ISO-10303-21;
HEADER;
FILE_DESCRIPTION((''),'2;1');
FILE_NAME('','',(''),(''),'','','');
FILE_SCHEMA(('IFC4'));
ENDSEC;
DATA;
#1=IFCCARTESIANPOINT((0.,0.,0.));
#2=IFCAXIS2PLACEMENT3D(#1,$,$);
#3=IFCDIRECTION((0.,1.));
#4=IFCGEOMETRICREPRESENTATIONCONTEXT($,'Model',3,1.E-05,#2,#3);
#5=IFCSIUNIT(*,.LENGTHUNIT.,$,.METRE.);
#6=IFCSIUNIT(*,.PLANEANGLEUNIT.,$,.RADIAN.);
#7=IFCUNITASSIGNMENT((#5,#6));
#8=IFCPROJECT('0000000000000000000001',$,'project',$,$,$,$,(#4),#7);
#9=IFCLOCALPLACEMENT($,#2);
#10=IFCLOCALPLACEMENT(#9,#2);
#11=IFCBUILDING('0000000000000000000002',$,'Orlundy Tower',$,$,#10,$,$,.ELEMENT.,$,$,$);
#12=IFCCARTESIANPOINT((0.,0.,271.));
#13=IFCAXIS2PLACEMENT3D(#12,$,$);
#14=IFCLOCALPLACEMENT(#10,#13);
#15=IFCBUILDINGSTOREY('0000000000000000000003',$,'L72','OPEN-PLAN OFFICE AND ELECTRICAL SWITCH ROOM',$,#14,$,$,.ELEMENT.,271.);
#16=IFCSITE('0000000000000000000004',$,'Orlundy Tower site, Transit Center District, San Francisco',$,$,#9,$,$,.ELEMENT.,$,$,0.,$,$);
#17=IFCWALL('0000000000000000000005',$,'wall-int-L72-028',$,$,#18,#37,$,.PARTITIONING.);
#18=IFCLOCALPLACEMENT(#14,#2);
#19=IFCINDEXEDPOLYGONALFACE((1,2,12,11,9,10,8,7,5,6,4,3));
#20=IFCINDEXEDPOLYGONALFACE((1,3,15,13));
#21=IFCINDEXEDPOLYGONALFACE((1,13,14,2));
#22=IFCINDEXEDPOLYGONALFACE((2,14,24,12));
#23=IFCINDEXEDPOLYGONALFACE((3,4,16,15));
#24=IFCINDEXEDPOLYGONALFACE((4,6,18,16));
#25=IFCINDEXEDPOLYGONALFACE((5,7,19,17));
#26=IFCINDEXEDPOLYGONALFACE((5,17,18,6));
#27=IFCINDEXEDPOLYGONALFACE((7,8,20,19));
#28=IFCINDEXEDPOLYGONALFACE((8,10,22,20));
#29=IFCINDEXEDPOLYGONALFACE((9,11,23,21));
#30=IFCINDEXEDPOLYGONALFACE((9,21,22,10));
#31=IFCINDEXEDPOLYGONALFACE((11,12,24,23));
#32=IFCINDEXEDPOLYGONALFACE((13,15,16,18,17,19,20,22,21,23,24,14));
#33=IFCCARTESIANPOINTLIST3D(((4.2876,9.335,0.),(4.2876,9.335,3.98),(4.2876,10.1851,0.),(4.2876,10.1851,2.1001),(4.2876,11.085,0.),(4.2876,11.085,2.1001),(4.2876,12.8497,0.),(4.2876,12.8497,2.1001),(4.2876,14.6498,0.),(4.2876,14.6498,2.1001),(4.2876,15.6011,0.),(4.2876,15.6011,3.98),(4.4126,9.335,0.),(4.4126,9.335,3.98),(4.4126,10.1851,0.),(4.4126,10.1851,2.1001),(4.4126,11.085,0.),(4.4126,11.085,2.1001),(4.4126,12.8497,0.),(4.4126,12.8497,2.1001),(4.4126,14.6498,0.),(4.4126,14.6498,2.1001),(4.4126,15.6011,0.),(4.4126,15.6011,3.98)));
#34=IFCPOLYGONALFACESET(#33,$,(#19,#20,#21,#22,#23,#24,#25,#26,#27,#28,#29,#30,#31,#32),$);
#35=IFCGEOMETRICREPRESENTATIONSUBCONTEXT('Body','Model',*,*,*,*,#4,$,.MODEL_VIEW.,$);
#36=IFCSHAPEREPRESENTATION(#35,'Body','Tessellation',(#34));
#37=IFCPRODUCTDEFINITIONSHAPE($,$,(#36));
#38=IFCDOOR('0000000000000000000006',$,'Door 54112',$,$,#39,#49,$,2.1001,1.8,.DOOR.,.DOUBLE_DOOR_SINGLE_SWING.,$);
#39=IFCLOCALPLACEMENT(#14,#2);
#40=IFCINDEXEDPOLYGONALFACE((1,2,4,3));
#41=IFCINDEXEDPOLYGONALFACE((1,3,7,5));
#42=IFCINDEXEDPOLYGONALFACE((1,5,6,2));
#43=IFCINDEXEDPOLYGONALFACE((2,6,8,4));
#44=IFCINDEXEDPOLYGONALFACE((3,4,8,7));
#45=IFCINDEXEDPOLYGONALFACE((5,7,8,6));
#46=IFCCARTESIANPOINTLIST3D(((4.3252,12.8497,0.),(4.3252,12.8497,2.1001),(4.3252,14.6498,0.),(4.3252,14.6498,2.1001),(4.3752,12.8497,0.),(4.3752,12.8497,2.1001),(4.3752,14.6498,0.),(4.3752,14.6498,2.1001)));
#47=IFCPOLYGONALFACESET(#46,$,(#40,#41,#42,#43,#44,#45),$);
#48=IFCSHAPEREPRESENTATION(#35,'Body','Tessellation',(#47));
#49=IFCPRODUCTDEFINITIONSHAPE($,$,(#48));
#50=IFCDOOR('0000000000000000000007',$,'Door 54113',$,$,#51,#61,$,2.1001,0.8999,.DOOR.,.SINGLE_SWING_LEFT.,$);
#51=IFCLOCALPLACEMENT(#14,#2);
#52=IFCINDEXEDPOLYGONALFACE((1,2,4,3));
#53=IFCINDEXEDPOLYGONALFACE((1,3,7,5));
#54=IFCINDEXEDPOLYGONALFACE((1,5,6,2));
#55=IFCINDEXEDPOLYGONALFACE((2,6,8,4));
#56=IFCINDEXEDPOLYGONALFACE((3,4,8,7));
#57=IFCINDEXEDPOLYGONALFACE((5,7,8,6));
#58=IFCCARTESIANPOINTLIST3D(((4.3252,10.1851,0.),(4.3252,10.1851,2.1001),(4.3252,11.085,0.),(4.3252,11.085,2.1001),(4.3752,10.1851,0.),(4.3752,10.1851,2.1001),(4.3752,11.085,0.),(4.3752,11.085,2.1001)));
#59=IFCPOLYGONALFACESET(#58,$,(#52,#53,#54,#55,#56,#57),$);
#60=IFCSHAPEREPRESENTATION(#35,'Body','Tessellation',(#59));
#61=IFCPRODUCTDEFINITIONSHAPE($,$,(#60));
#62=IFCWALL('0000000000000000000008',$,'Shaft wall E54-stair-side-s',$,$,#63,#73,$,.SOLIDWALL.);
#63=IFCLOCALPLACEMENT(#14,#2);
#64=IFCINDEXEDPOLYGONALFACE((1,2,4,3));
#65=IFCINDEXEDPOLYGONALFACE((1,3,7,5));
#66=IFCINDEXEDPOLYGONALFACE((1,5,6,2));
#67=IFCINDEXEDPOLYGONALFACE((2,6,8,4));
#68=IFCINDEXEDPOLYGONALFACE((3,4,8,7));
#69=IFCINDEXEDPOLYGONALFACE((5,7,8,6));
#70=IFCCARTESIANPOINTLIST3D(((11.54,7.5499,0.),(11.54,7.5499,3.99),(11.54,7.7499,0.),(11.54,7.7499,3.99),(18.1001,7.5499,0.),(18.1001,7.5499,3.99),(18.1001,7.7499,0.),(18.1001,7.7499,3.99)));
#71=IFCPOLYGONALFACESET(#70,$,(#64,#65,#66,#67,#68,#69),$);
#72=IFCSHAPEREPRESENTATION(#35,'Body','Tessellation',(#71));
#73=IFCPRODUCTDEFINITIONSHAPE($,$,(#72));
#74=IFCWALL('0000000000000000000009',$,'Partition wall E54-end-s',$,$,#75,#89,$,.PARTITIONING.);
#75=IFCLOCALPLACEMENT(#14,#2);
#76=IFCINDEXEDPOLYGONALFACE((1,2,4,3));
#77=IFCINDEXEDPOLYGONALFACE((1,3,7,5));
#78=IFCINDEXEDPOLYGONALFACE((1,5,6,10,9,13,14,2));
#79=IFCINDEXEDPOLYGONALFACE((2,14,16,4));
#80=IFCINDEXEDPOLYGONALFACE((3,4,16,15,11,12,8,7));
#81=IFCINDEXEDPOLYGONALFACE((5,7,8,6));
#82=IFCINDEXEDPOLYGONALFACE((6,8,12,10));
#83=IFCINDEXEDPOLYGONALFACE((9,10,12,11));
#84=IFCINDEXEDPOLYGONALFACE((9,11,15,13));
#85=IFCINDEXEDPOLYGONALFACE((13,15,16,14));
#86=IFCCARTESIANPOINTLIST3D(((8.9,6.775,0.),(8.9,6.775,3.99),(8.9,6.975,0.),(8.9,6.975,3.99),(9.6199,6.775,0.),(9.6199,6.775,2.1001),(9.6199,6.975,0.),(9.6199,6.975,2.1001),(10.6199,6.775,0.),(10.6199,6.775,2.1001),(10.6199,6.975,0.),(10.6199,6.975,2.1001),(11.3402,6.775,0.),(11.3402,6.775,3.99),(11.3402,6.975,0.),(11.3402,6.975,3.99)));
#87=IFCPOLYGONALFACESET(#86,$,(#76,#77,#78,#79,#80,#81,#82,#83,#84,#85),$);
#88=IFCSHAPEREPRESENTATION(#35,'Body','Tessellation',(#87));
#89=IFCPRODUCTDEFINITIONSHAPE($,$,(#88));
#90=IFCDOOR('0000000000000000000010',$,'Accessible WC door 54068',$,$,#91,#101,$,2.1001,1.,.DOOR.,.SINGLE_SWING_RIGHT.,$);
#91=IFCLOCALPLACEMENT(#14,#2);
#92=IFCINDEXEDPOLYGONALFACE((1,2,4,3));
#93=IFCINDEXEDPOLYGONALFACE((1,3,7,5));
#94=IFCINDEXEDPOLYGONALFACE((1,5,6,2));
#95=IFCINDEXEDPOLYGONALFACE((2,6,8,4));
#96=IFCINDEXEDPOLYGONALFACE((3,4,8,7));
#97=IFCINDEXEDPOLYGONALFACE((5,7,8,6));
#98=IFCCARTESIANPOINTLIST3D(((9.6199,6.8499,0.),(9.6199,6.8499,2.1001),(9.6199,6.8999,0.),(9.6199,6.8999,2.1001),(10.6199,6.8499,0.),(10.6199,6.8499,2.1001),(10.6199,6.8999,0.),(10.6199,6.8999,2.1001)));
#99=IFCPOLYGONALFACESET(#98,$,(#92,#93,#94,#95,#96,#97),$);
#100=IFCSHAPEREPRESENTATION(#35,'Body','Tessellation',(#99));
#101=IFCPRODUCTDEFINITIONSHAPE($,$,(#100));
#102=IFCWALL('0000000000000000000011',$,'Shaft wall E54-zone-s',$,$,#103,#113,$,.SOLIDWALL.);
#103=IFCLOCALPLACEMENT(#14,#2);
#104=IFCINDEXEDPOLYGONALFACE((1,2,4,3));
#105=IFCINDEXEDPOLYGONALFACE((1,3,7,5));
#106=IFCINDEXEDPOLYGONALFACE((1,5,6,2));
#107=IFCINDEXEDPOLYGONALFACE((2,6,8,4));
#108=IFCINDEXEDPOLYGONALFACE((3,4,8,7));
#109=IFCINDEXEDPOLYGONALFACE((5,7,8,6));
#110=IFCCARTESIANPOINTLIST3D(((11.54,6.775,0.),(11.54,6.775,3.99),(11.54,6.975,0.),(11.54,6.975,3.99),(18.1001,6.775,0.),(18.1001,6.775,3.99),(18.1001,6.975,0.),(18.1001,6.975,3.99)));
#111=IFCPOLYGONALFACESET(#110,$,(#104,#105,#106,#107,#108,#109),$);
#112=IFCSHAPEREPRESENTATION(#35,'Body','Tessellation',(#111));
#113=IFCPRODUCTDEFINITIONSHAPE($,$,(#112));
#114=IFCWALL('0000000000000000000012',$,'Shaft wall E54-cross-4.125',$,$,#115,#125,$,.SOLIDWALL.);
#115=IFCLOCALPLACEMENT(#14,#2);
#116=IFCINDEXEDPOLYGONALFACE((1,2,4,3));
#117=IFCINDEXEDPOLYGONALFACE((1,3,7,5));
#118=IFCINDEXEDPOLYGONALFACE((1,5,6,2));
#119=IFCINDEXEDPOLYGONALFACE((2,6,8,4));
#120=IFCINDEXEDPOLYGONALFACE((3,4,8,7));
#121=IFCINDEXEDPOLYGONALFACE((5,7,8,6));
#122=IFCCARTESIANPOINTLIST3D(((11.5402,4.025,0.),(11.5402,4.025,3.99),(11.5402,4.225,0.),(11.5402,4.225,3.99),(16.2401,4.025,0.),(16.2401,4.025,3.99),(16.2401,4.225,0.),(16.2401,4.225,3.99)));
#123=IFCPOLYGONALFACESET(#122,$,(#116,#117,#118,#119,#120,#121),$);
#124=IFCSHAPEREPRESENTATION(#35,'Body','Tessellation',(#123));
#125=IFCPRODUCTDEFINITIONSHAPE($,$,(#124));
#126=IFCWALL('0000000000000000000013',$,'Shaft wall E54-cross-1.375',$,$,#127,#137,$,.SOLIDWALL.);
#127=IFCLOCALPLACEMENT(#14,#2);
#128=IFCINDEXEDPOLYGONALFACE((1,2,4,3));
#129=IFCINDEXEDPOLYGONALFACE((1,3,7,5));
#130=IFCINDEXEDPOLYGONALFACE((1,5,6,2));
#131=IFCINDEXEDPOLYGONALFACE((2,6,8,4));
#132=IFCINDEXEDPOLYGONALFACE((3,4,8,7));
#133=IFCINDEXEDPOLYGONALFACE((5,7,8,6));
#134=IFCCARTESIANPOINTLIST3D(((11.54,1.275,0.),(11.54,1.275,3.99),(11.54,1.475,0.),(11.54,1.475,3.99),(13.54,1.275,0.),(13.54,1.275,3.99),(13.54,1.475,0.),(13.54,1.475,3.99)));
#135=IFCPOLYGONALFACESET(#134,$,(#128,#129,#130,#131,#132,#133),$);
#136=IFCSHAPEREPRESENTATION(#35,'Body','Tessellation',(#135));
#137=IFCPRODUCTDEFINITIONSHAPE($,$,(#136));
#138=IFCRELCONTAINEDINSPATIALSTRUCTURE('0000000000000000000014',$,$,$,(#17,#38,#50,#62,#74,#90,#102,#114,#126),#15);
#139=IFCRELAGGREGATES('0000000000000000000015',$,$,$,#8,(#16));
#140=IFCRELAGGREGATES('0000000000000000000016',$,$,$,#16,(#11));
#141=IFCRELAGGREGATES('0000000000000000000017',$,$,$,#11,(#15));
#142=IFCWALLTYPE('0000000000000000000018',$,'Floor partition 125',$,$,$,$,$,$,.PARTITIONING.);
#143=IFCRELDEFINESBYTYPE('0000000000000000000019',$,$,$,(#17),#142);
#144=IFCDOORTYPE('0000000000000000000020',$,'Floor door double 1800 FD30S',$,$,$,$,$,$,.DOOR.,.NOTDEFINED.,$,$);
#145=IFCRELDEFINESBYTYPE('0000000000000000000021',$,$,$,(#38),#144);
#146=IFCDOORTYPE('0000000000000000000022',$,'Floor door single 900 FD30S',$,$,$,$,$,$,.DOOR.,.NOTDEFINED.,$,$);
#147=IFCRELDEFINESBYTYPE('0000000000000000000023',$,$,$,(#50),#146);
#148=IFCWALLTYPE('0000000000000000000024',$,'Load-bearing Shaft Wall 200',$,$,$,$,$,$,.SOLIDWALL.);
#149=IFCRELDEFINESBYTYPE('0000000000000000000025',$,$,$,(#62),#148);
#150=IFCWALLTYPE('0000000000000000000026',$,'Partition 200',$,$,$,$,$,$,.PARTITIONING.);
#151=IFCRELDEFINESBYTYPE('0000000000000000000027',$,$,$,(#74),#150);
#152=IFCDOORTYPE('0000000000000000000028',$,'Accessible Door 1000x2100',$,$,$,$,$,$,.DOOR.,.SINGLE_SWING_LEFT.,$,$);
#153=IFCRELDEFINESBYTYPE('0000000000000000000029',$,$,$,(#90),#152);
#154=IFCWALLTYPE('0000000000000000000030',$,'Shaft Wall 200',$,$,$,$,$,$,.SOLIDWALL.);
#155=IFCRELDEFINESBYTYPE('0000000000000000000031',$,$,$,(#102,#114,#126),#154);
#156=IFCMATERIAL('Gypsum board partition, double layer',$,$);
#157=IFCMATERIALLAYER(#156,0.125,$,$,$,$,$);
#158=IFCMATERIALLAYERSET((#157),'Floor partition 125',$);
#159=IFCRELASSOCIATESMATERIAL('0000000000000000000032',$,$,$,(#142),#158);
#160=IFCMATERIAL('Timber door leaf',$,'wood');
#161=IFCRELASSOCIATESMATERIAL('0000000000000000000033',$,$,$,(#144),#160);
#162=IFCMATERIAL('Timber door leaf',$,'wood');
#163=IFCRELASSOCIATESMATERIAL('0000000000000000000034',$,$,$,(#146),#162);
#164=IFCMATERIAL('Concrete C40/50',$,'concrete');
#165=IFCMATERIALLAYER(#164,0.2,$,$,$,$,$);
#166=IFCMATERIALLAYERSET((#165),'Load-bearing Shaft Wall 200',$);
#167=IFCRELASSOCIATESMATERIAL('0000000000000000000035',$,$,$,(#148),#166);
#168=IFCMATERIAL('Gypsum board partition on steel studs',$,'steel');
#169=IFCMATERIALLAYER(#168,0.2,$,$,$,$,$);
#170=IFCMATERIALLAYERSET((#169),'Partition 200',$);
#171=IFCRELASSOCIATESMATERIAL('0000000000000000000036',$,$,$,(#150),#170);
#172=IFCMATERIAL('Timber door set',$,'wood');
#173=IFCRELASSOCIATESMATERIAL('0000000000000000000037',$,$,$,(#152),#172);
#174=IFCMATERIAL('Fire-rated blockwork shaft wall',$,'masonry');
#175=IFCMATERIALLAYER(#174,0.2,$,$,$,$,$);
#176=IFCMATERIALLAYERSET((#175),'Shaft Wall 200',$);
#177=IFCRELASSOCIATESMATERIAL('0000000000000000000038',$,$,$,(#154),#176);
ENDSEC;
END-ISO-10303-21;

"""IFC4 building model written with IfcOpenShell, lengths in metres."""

from ifc_helpers import new_model, si_unit, direction, frame, frame_2d, origin, place, context, subcontext, project, spatial, rectangle, extrude, material, layer, layer_set, type_object, element, fill, save


model = new_model("IFC4")

# Units and contexts
model_context = context("Model", 3, precision=1e-05, world=origin(), true_north=direction((0.0, 1.0)))
body_context = subcontext(model_context, "Body", "Model", "MODEL_VIEW")
ifc_project = project(units=[si_unit("LENGTHUNIT", "METRE"), si_unit("PLANEANGLEUNIT", "RADIAN")], contexts=[model_context])

# Site, building, storey
site_placement = place(None, origin())
site = spatial("IfcSite", under=ifc_project, at=site_placement, Name="Orlundy Tower site, Transit Center District, San Francisco", CompositionType="ELEMENT", RefElevation=0.0)
building_placement = place(site_placement, origin())
building = spatial("IfcBuilding", under=site, at=building_placement, Name="Orlundy Tower", CompositionType="ELEMENT")
storey_placement = place(building_placement, frame((0.0, 0.0, 271.0)))
storey = spatial("IfcBuildingStorey", under=building, at=storey_placement, Name="L72", Description="OPEN-PLAN OFFICE AND ELECTRICAL SWITCH ROOM", CompositionType="ELEMENT", Elevation=271.0)

# Wall, openings, doors
ifc_material_1 = material(Name="Gypsum board partition, double layer")
ifc_layer_1 = layer(ifc_material_1, 0.125)
ifc_layer_set_1 = layer_set([ifc_layer_1], Name="Floor partition 125")
wall_type_1 = type_object("IfcWallType", Name="Floor partition 125", PredefinedType="PARTITIONING", material=ifc_layer_set_1)
wall_1_placement = place(storey_placement, frame((4.3501, 9.335, 0.0), z_axis=(0.0, 0.0, 1.0), x_axis=(0.0, 1.0, 0.0)))
wall_1 = element("IfcWall", 1, at=wall_1_placement, inside=storey, type_object=wall_type_1, Name="wall-int-L72-028", PredefinedType="PARTITIONING", context=body_context, shape_type="SweptSolid", body=[
    extrude(rectangle(XDim=6.2661, YDim=0.125, at=frame_2d((3.1331, 0.0))), origin(), (0.0, 0.0, 1.0), 3.98),
])
opening_1_placement = place(wall_1_placement, frame((3.5149, 0.0, 0.0)))
opening_1 = element("IfcOpeningElement", 2, at=opening_1_placement, cuts=wall_1, PredefinedType="OPENING", context=body_context, shape_type="SweptSolid", body=[
    extrude(rectangle(XDim=1.8, YDim=2.1001, at=frame_2d((0.8999, 1.05))), frame((0.0, 0.0725, 0.0), z_axis=(0.0, -1.0, 0.0), x_axis=(1.0, 0.0, 0.0)), (0.0, 0.0, 1.0), 0.145),
])
opening_2_placement = place(wall_1_placement, frame((0.8501, 0.0, 0.0)))
opening_2 = element("IfcOpeningElement", 3, at=opening_2_placement, cuts=wall_1, PredefinedType="OPENING", context=body_context, shape_type="SweptSolid", body=[
    extrude(rectangle(XDim=0.8999, YDim=2.1001, at=frame_2d((0.45, 1.05))), frame((0.0, 0.0725, 0.0), z_axis=(0.0, -1.0, 0.0), x_axis=(1.0, 0.0, 0.0)), (0.0, 0.0, 1.0), 0.145),
])
ifc_material_2 = material(Name="Timber door leaf", Category="wood")
door_type_1 = type_object("IfcDoorType", Name="Floor door double 1800 FD30S", OperationType="NOTDEFINED", PredefinedType="DOOR", material=ifc_material_2)
door_1_placement = place(opening_1_placement, origin())
door_1 = element("IfcDoor", 4, at=door_1_placement, inside=storey, type_object=door_type_1, Name="Door 54112", OperationType="DOUBLE_DOOR_SINGLE_SWING", OverallHeight=2.1001, OverallWidth=1.8, PredefinedType="DOOR", context=body_context, shape_type="SweptSolid", body=[
    extrude(rectangle(XDim=1.8, YDim=2.1001, at=frame_2d((0.8999, 1.05))), frame((0.0, 0.0249, 0.0), z_axis=(0.0, -1.0, 0.0), x_axis=(1.0, 0.0, 0.0)), (0.0, 0.0, 1.0), 0.05),
])
fill(opening_1, door_1)
ifc_material_3 = material(Name="Timber door leaf", Category="wood")
door_type_2 = type_object("IfcDoorType", Name="Floor door single 900 FD30S", OperationType="NOTDEFINED", PredefinedType="DOOR", material=ifc_material_3)
door_2_placement = place(opening_2_placement, origin())
door_2 = element("IfcDoor", 5, at=door_2_placement, inside=storey, type_object=door_type_2, Name="Door 54113", OperationType="SINGLE_SWING_LEFT", OverallHeight=2.1001, OverallWidth=0.8999, PredefinedType="DOOR", context=body_context, shape_type="SweptSolid", body=[
    extrude(rectangle(XDim=0.8999, YDim=2.1001, at=frame_2d((0.45, 1.05))), frame((0.0, 0.0249, 0.0), z_axis=(0.0, -1.0, 0.0), x_axis=(1.0, 0.0, 0.0)), (0.0, 0.0, 1.0), 0.05),
])
fill(opening_2, door_2)

# Wall
ifc_material_4 = material(Name="Concrete C40/50", Category="concrete")
ifc_layer_2 = layer(ifc_material_4, 0.2)
ifc_layer_set_2 = layer_set([ifc_layer_2], Name="Load-bearing Shaft Wall 200")
wall_type_2 = type_object("IfcWallType", Name="Load-bearing Shaft Wall 200", PredefinedType="SOLIDWALL", material=ifc_layer_set_2)
wall_2_placement = place(storey_placement, frame((11.54, 7.6499, 0.0), z_axis=(0.0, 0.0, 1.0), x_axis=(1.0, 0.0, 0.0)))
element("IfcWall", 6, at=wall_2_placement, inside=storey, type_object=wall_type_2, Name="Shaft wall E54-stair-side-s", PredefinedType="SOLIDWALL", context=body_context, shape_type="SweptSolid", body=[
    extrude(rectangle(XDim=6.5601, YDim=0.2, at=frame_2d((3.28, 0.0))), origin(), (0.0, 0.0, 1.0), 3.99),
])

# Wall, opening, door
ifc_material_5 = material(Name="Gypsum board partition on steel studs", Category="steel")
ifc_layer_3 = layer(ifc_material_5, 0.2)
ifc_layer_set_3 = layer_set([ifc_layer_3], Name="Partition 200")
wall_type_3 = type_object("IfcWallType", Name="Partition 200", PredefinedType="PARTITIONING", material=ifc_layer_set_3)
wall_3_placement = place(storey_placement, frame((8.8999, 6.875, 0.0), z_axis=(0.0, 0.0, 1.0), x_axis=(1.0, 0.0, 0.0)))
wall_3 = element("IfcWall", 7, at=wall_3_placement, inside=storey, type_object=wall_type_3, Name="Partition wall E54-end-s", PredefinedType="PARTITIONING", context=body_context, shape_type="SweptSolid", body=[
    extrude(rectangle(XDim=2.4402, YDim=0.2, at=frame_2d((1.2202, 0.0))), origin(), (0.0, 0.0, 1.0), 3.99),
])
opening_3_placement = place(wall_3_placement, frame((0.72, 0.0, 0.0)))
opening_3 = element("IfcOpeningElement", 8, at=opening_3_placement, cuts=wall_3, PredefinedType="OPENING", context=body_context, shape_type="SweptSolid", body=[
    extrude(rectangle(XDim=1.0, YDim=2.1001, at=frame_2d((0.5, 1.05))), frame((0.0, 0.1101, 0.0), z_axis=(0.0, -1.0, 0.0), x_axis=(1.0, 0.0, 0.0)), (0.0, 0.0, 1.0), 0.2202),
])
ifc_material_6 = material(Name="Timber door set", Category="wood")
door_type_3 = type_object("IfcDoorType", Name="Accessible Door 1000x2100", OperationType="SINGLE_SWING_LEFT", PredefinedType="DOOR", material=ifc_material_6)
door_3_placement = place(opening_3_placement, origin())
door_3 = element("IfcDoor", 9, at=door_3_placement, inside=storey, type_object=door_type_3, Name="Accessible WC door 54068", OperationType="SINGLE_SWING_RIGHT", OverallHeight=2.1001, OverallWidth=1.0, PredefinedType="DOOR", context=body_context, shape_type="SweptSolid", body=[
    extrude(rectangle(XDim=1.0, YDim=2.1001, at=frame_2d((0.5, 1.05))), frame((0.0, 0.0249, 0.0), z_axis=(0.0, -1.0, 0.0), x_axis=(1.0, 0.0, 0.0)), (0.0, 0.0, 1.0), 0.05),
])
fill(opening_3, door_3)

# Walls
ifc_material_7 = material(Name="Fire-rated blockwork shaft wall", Category="masonry")
ifc_layer_4 = layer(ifc_material_7, 0.2)
ifc_layer_set_4 = layer_set([ifc_layer_4], Name="Shaft Wall 200")
wall_type_4 = type_object("IfcWallType", Name="Shaft Wall 200", PredefinedType="SOLIDWALL", material=ifc_layer_set_4)
wall_4_placement = place(storey_placement, frame((11.54, 6.875, 0.0), z_axis=(0.0, 0.0, 1.0), x_axis=(1.0, 0.0, 0.0)))
element("IfcWall", 10, at=wall_4_placement, inside=storey, type_object=wall_type_4, Name="Shaft wall E54-zone-s", PredefinedType="SOLIDWALL", context=body_context, shape_type="SweptSolid", body=[
    extrude(rectangle(XDim=6.5601, YDim=0.2, at=frame_2d((3.28, 0.0))), origin(), (0.0, 0.0, 1.0), 3.99),
])
wall_5_placement = place(storey_placement, frame((11.54, 4.125, 0.0), z_axis=(0.0, 0.0, 1.0), x_axis=(1.0, 0.0, 0.0)))
element("IfcWall", 11, at=wall_5_placement, inside=storey, type_object=wall_type_4, Name="Shaft wall E54-cross-4.125", PredefinedType="SOLIDWALL", context=body_context, shape_type="SweptSolid", body=[
    extrude(rectangle(XDim=4.7, YDim=0.2, at=frame_2d((2.3501, 0.0))), origin(), (0.0, 0.0, 1.0), 3.99),
])
wall_6_placement = place(storey_placement, frame((11.54, 1.375, 0.0), z_axis=(0.0, 0.0, 1.0), x_axis=(1.0, 0.0, 0.0)))
element("IfcWall", 12, at=wall_6_placement, inside=storey, type_object=wall_type_4, Name="Shaft wall E54-cross-1.375", PredefinedType="SOLIDWALL", context=body_context, shape_type="SweptSolid", body=[
    extrude(rectangle(XDim=2.0, YDim=0.2, at=frame_2d((1.0, 0.0))), origin(), (0.0, 0.0, 1.0), 3.99),
])

save(model, "model.ifc")
